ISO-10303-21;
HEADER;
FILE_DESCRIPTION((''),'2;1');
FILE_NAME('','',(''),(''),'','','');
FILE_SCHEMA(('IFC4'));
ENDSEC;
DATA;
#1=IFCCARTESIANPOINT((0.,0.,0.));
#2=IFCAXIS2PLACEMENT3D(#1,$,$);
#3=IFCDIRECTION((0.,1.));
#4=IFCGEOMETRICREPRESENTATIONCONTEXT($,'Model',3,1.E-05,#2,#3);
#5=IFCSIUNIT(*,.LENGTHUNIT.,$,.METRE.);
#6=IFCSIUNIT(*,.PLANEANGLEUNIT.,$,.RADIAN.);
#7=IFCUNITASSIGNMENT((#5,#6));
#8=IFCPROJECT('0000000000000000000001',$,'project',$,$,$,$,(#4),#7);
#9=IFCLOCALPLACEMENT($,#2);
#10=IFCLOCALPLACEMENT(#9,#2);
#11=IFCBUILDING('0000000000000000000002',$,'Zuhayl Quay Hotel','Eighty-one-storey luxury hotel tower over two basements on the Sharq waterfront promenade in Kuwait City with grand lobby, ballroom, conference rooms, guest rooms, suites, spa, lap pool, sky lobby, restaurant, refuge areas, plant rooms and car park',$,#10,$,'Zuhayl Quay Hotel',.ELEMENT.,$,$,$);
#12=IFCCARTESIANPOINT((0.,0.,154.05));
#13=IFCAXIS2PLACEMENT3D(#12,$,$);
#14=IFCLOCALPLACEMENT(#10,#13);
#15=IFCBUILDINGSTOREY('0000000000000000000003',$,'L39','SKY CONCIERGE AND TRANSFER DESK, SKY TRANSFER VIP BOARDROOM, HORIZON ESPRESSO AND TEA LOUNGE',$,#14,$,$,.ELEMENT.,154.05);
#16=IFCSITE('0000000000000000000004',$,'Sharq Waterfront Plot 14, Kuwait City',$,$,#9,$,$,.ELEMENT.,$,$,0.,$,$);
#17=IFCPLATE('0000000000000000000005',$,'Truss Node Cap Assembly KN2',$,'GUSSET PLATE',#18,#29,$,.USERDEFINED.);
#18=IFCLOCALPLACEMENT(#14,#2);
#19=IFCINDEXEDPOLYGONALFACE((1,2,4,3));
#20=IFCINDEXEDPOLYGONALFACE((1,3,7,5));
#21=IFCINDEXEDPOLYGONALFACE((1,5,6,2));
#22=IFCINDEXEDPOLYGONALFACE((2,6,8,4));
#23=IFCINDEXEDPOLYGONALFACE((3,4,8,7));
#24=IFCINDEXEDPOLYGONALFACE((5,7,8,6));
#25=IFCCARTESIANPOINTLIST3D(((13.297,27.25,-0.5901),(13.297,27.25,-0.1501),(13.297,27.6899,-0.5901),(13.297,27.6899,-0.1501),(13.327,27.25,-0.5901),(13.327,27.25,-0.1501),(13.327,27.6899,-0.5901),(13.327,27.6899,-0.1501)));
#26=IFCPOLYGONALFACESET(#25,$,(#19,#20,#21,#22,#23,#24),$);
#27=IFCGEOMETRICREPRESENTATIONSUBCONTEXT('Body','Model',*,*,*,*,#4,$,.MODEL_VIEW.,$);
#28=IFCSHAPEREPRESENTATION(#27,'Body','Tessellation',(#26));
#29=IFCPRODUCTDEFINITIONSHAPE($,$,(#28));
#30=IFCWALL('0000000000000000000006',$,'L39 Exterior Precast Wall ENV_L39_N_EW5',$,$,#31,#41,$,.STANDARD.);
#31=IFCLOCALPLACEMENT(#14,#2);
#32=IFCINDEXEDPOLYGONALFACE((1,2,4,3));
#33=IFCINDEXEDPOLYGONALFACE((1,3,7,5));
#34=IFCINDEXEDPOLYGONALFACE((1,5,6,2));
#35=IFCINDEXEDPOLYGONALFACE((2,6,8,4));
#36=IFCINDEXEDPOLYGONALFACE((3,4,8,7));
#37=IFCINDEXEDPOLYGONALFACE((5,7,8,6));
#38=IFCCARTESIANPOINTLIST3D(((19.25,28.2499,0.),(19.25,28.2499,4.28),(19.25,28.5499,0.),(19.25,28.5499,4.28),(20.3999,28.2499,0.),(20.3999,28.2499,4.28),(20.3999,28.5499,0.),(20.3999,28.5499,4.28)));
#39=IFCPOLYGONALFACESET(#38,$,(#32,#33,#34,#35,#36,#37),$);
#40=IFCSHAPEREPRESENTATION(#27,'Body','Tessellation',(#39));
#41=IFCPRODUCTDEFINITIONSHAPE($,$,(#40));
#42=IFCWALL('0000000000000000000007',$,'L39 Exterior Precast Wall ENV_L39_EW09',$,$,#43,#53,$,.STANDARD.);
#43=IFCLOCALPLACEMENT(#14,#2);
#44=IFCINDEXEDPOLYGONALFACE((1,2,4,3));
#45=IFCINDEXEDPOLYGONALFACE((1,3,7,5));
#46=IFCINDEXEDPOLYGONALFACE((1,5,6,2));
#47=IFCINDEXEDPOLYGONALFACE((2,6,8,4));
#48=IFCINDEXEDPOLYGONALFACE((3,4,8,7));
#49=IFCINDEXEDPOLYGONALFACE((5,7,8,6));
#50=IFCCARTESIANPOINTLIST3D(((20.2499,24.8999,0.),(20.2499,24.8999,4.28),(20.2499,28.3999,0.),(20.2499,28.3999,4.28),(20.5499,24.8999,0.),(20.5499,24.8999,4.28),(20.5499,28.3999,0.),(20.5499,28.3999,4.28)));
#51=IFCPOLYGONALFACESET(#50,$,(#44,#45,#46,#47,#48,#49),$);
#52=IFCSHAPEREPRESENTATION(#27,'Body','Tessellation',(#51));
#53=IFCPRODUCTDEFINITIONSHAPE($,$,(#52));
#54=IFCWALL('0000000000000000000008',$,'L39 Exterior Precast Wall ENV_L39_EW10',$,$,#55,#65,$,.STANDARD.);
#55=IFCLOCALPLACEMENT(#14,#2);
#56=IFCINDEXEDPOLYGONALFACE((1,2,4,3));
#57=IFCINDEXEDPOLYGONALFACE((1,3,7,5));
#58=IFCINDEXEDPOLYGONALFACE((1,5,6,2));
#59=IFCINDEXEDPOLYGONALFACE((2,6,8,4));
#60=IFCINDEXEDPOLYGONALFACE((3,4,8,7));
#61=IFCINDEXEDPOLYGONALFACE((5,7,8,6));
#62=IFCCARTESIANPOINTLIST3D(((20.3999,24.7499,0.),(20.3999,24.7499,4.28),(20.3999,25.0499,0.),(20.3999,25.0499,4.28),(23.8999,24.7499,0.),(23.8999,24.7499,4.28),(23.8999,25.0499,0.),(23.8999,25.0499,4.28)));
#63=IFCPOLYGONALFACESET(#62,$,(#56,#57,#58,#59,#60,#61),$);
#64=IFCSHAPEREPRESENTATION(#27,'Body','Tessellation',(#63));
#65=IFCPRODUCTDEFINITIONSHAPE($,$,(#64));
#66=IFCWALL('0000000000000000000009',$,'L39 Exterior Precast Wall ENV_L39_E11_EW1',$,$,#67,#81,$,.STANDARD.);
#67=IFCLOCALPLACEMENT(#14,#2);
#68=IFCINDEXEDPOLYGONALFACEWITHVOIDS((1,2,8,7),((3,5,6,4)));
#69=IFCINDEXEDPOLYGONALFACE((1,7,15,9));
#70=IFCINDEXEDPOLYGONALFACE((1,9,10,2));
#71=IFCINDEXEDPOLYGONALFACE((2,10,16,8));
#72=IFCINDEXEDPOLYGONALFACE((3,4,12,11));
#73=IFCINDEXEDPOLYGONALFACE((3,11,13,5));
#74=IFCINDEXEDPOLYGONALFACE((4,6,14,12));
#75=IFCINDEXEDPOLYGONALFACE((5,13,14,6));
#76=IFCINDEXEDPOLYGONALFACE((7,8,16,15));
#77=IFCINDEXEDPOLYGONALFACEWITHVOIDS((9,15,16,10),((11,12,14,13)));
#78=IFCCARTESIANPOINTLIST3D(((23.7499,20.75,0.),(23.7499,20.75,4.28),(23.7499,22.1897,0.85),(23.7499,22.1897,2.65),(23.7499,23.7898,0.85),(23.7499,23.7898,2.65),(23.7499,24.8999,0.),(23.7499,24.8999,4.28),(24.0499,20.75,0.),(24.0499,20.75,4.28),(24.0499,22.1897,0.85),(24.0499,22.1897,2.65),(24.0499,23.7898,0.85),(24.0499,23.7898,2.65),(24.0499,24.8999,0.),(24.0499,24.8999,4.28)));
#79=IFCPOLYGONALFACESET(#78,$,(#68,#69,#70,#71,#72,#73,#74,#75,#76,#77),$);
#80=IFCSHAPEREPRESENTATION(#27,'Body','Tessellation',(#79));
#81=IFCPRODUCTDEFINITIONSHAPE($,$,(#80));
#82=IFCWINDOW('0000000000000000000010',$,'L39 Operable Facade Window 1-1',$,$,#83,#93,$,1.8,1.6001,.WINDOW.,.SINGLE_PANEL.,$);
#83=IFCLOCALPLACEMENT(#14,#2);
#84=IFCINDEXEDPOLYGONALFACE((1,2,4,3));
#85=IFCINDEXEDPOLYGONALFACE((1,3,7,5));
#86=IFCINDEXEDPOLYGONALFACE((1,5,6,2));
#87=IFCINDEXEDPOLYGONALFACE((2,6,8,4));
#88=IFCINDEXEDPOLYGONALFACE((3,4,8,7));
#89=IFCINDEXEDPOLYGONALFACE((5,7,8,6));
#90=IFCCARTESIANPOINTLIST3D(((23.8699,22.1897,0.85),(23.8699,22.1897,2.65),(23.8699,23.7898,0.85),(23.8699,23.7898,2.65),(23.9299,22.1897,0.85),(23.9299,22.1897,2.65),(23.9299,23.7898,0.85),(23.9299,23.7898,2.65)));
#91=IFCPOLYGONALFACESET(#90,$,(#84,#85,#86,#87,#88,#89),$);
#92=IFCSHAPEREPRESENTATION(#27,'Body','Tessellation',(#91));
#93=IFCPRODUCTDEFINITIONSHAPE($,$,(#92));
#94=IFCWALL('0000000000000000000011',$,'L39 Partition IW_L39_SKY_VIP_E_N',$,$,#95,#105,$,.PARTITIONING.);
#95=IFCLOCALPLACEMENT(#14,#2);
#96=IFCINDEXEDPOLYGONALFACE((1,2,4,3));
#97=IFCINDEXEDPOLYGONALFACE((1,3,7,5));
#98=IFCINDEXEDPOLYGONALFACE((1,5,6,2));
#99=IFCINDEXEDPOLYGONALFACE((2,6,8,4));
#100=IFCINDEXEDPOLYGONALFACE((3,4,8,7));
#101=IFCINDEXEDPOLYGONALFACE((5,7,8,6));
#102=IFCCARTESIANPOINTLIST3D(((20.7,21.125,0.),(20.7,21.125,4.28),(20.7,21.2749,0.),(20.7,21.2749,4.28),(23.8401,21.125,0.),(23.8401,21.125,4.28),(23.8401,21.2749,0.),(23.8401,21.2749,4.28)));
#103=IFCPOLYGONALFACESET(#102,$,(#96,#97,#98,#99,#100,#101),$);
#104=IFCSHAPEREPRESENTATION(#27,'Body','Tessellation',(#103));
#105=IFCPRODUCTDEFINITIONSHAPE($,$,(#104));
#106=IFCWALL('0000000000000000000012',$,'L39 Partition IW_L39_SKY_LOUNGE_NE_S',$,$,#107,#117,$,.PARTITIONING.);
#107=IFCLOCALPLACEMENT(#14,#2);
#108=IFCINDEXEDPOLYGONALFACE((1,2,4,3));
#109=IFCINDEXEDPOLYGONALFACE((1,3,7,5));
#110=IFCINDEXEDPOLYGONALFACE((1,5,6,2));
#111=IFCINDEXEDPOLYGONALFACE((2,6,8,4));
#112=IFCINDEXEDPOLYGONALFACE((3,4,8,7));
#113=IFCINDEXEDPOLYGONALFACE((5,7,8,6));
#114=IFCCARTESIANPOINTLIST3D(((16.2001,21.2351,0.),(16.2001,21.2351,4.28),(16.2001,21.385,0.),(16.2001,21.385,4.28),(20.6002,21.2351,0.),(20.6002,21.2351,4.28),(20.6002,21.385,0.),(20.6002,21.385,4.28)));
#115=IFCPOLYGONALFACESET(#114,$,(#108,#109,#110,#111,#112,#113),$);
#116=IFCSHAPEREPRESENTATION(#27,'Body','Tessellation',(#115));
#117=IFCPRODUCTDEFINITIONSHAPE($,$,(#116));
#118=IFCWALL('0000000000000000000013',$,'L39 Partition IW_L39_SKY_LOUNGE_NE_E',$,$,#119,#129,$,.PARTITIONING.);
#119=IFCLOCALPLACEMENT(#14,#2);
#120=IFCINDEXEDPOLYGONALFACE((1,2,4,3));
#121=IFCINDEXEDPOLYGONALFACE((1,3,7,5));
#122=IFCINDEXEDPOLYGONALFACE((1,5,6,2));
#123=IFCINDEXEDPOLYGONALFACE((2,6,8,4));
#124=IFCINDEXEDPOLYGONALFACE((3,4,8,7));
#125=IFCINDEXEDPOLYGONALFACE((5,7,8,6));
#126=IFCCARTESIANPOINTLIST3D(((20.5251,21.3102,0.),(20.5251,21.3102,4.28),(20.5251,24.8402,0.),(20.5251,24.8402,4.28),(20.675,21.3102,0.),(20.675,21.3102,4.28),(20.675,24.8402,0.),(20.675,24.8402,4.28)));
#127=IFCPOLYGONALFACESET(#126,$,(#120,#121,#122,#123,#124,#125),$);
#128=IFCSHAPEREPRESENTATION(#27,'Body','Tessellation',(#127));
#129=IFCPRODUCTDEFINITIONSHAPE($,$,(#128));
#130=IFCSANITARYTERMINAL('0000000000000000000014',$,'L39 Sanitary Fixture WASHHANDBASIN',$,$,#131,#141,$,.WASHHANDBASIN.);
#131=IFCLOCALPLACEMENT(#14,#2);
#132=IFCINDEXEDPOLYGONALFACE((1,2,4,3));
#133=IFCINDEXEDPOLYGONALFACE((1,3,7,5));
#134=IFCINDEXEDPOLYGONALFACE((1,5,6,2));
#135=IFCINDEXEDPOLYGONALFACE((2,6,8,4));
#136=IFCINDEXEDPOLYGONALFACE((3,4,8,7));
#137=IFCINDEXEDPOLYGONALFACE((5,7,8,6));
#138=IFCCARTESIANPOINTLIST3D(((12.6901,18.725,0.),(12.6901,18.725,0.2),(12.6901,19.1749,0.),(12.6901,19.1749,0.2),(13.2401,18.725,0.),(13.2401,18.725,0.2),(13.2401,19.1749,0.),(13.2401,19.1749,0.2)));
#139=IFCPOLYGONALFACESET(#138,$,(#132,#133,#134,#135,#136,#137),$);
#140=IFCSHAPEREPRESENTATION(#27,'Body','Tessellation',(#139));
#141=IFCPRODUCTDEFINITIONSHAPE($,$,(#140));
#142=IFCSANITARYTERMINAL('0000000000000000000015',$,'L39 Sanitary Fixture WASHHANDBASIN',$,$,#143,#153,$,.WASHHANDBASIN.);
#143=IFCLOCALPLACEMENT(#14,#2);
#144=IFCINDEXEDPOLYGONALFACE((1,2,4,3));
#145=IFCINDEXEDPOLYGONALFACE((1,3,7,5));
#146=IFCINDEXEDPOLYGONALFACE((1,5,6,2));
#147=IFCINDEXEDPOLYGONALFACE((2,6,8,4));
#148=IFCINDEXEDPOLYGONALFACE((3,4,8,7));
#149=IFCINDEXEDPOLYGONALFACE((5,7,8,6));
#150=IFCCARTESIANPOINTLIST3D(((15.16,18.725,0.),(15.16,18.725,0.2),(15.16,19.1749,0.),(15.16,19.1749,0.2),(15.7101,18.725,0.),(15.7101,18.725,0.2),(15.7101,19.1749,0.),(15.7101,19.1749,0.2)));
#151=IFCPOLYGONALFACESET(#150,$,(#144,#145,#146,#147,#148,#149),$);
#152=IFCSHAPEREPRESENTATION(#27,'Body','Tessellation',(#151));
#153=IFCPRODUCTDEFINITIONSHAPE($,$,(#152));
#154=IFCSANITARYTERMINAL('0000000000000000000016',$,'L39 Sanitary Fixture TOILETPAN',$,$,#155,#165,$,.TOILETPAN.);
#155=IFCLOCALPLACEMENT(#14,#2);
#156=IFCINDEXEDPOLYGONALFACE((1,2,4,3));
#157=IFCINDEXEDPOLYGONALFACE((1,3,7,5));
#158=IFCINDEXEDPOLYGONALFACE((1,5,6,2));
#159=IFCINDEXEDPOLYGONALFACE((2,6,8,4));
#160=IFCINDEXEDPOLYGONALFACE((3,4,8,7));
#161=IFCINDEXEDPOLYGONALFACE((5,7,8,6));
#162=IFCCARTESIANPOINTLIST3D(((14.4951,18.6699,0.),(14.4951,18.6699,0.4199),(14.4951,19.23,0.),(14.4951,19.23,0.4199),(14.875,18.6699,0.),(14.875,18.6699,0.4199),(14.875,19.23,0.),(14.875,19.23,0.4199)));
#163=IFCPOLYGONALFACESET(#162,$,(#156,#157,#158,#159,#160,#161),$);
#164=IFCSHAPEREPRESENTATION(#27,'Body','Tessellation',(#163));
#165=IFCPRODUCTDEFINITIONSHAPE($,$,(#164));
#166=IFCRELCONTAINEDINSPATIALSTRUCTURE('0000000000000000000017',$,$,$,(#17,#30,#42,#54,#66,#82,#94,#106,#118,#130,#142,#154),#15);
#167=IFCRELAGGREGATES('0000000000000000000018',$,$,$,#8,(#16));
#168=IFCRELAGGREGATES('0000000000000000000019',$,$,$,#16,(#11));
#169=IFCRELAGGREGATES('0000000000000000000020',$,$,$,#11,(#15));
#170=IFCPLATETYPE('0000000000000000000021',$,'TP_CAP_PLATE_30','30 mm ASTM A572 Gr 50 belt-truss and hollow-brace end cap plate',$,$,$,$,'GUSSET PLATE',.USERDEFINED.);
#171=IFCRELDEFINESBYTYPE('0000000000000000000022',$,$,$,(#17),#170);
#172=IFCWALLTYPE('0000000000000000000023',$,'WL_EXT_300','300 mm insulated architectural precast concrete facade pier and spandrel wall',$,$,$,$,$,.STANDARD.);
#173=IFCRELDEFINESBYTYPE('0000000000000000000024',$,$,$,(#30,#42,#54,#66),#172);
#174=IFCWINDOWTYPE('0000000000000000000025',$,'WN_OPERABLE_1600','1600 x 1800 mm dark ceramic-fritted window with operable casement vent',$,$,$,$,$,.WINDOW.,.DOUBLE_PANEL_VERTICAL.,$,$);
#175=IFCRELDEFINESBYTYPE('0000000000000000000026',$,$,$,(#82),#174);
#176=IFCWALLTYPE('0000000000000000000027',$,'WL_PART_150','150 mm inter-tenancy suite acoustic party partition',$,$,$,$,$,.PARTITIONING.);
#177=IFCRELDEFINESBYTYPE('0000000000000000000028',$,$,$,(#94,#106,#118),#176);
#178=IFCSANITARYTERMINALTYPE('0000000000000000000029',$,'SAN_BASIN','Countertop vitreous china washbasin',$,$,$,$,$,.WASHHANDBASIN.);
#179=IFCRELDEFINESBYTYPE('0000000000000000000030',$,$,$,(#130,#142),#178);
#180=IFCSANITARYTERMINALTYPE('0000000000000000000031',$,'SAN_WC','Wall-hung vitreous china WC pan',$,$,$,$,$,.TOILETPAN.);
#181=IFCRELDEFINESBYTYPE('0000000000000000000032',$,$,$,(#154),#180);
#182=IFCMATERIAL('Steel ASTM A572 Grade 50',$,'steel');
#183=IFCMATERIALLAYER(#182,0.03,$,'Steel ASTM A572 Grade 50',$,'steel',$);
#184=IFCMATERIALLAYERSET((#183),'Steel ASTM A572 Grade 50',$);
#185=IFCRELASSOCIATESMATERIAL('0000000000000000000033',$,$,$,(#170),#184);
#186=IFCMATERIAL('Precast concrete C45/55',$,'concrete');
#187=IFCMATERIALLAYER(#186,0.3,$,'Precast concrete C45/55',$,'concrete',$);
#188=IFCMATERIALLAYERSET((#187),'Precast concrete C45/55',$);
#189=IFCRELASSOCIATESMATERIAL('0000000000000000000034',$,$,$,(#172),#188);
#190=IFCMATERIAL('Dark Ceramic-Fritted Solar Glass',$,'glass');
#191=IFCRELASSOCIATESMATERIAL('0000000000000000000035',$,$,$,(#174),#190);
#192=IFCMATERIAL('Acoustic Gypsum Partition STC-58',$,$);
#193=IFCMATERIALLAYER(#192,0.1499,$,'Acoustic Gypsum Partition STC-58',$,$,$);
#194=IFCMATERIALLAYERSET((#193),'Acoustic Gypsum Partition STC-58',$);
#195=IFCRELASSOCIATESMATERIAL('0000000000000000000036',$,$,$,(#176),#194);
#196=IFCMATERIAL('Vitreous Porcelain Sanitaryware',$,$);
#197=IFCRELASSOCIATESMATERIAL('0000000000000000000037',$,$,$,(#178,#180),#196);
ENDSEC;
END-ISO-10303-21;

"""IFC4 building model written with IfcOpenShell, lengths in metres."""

from ifc_helpers import new_model, si_unit, direction, frame, frame_2d, origin, origin_2d, place, context, subcontext, project, spatial, rectangle, extrude, material, layer, layer_set, type_object, element, fill, save


model = new_model("IFC4")

# Units and contexts
model_context = context("Model", 3, precision=1e-05, world=origin(), true_north=direction((0.0, 1.0)))
body_context = subcontext(model_context, "Body", "Model", "MODEL_VIEW")
ifc_project = project(units=[si_unit("LENGTHUNIT", "METRE"), si_unit("PLANEANGLEUNIT", "RADIAN")], contexts=[model_context])

# Site, building, storey
site_placement = place(None, origin())
site = spatial("IfcSite", under=ifc_project, at=site_placement, Name="Sharq Waterfront Plot 14, Kuwait City", CompositionType="ELEMENT", RefElevation=0.0)
building_placement = place(site_placement, origin())
building = spatial("IfcBuilding", under=site, at=building_placement, Name="Zuhayl Quay Hotel", Description="Eighty-one-storey luxury hotel tower over two basements on the Sharq waterfront promenade in Kuwait City with grand lobby, ballroom, conference rooms, guest rooms, suites, spa, lap pool, sky lobby, restaurant, refuge areas, plant rooms and car park", LongName="Zuhayl Quay Hotel", CompositionType="ELEMENT")
storey_placement = place(building_placement, frame((0.0, 0.0, 154.05)))
storey = spatial("IfcBuildingStorey", under=building, at=storey_placement, Name="L39", Description="SKY CONCIERGE AND TRANSFER DESK, SKY TRANSFER VIP BOARDROOM, HORIZON ESPRESSO AND TEA LOUNGE", CompositionType="ELEMENT", Elevation=154.05)

# Plate
ifc_material_1 = material(Name="Dark Ceramic-Fritted Solar Glass", Category="glass")
ifc_material_2 = material(Name="Steel ASTM A572 Grade 50", Category="steel")
ifc_layer_1 = layer(ifc_material_2, 0.03, Name="Steel ASTM A572 Grade 50", Category="steel")
ifc_layer_set_1 = layer_set([ifc_layer_1], Name="Steel ASTM A572 Grade 50")
plate_type_1 = type_object("IfcPlateType", Name="TP_CAP_PLATE_30", Description="30 mm ASTM A572 Gr 50 belt-truss and hollow-brace end cap plate", ElementType="GUSSET PLATE", PredefinedType="USERDEFINED", material=ifc_layer_set_1)
plate_1_placement = place(storey_placement, frame((13.312, 27.47, -0.5901), z_axis=(0.0, 0.0, 1.0), x_axis=(1.0, 0.0, 0.0)))
element("IfcPlate", 1, at=plate_1_placement, inside=storey, type_object=plate_type_1, Name="Truss Node Cap Assembly KN2", ObjectType="GUSSET PLATE", PredefinedType="USERDEFINED", context=body_context, shape_type="SweptSolid", body=[
    extrude(rectangle(XDim=0.03, YDim=0.4399, at=origin_2d()), origin(), (0.0, 0.0, 1.0), 0.4399),
])

# Walls
ifc_material_3 = material(Name="Precast concrete C45/55", Category="concrete")
ifc_layer_2 = layer(ifc_material_3, 0.3, Name="Precast concrete C45/55", Category="concrete")
ifc_layer_set_2 = layer_set([ifc_layer_2], Name="Precast concrete C45/55")
wall_type_1 = type_object("IfcWallType", Name="WL_EXT_300", Description="300 mm insulated architectural precast concrete facade pier and spandrel wall", PredefinedType="STANDARD", material=ifc_layer_set_2)
wall_1_placement = place(storey_placement, frame((19.25, 28.3999, 0.0), z_axis=(0.0, 0.0, 1.0), x_axis=(1.0, 0.0, 0.0)))
element("IfcWall", 2, at=wall_1_placement, inside=storey, type_object=wall_type_1, Name="L39 Exterior Precast Wall ENV_L39_N_EW5", PredefinedType="STANDARD", context=body_context, shape_type="SweptSolid", body=[
    extrude(rectangle(XDim=1.1499, YDim=0.3, at=frame_2d((0.575, 0.0))), origin(), (0.0, 0.0, 1.0), 4.28),
])
for number, where, z_axis, x_axis, name in (
    (3, (20.3999, 28.3999, 0.0), (0.0, 0.0, 1.0), (0.0, -1.0, 0.0), "L39 Exterior Precast Wall ENV_L39_EW09"),
    (4, (20.3999, 24.8999, 0.0), (0.0, 0.0, 1.0), (1.0, 0.0, 0.0), "L39 Exterior Precast Wall ENV_L39_EW10"),
):
    element("IfcWall", number, at=place(storey_placement, frame(where, z_axis=z_axis, x_axis=x_axis)), inside=storey, type_object=wall_type_1, Name=name, PredefinedType="STANDARD", context=body_context, shape_type="SweptSolid", body=[
        extrude(rectangle(XDim=3.5, YDim=0.3, at=frame_2d((1.75, 0.0))), origin(), (0.0, 0.0, 1.0), 4.28),
    ])

# Wall, opening, window
wall_2_placement = place(storey_placement, frame((23.8999, 24.8999, 0.0), z_axis=(0.0, 0.0, 1.0), x_axis=(0.0, -1.0, 0.0)))
wall_2 = element("IfcWall", 5, at=wall_2_placement, inside=storey, type_object=wall_type_1, Name="L39 Exterior Precast Wall ENV_L39_E11_EW1", PredefinedType="STANDARD", context=body_context, shape_type="SweptSolid", body=[
    extrude(rectangle(XDim=4.1499, YDim=0.3, at=frame_2d((2.075, 0.0))), origin(), (0.0, 0.0, 1.0), 4.28),
])
opening_placement = place(wall_2_placement, frame((1.1101, 0.0, 0.8501)))
opening = element("IfcOpeningElement", 6, at=opening_placement, cuts=wall_2, PredefinedType="OPENING", context=body_context, shape_type="SweptSolid", body=[
    extrude(rectangle(XDim=1.6001, YDim=1.8, at=frame_2d((0.8, 0.8999))), frame((0.0, 0.1599, 0.0), z_axis=(0.0, -1.0, 0.0), x_axis=(1.0, 0.0, 0.0)), (0.0, 0.0, 1.0), 0.3201),
])
window_type = type_object("IfcWindowType", Name="WN_OPERABLE_1600", Description="1600 x 1800 mm dark ceramic-fritted window with operable casement vent", PartitioningType="DOUBLE_PANEL_VERTICAL", PredefinedType="WINDOW", material=ifc_material_1)
window_placement = place(opening_placement, origin())
window = element("IfcWindow", 7, at=window_placement, inside=storey, type_object=window_type, Name="L39 Operable Facade Window 1-1", OverallHeight=1.8, OverallWidth=1.6001, PartitioningType="SINGLE_PANEL", PredefinedType="WINDOW", context=body_context, shape_type="SweptSolid", body=[
    extrude(rectangle(XDim=1.6001, YDim=1.8, at=frame_2d((0.8, 0.8999))), frame((0.0, 0.03, 0.0), z_axis=(0.0, -1.0, 0.0), x_axis=(1.0, 0.0, 0.0)), (0.0, 0.0, 1.0), 0.0601),
])
fill(opening, window)

# Walls
ifc_material_4 = material(Name="Acoustic Gypsum Partition STC-58")
ifc_layer_3 = layer(ifc_material_4, 0.1499, Name="Acoustic Gypsum Partition STC-58")
ifc_layer_set_3 = layer_set([ifc_layer_3], Name="Acoustic Gypsum Partition STC-58")
wall_type_2 = type_object("IfcWallType", Name="WL_PART_150", Description="150 mm inter-tenancy suite acoustic party partition", PredefinedType="PARTITIONING", material=ifc_layer_set_3)
wall_3_placement = place(storey_placement, frame((20.7, 21.2, 0.0), z_axis=(0.0, 0.0, 1.0), x_axis=(1.0, 0.0, 0.0)))
element("IfcWall", 8, at=wall_3_placement, inside=storey, type_object=wall_type_2, Name="L39 Partition IW_L39_SKY_VIP_E_N", PredefinedType="PARTITIONING", context=body_context, shape_type="SweptSolid", body=[
    extrude(rectangle(XDim=3.1401, YDim=0.1499, at=frame_2d((1.5701, 0.0))), origin(), (0.0, 0.0, 1.0), 4.28),
])
wall_4_placement = place(storey_placement, frame((16.2, 21.3101, 0.0), z_axis=(0.0, 0.0, 1.0), x_axis=(1.0, 0.0, 0.0)))
element("IfcWall", 9, at=wall_4_placement, inside=storey, type_object=wall_type_2, Name="L39 Partition IW_L39_SKY_LOUNGE_NE_S", PredefinedType="PARTITIONING", context=body_context, shape_type="SweptSolid", body=[
    extrude(rectangle(XDim=4.4001, YDim=0.1499, at=frame_2d((2.2002, 0.0))), origin(), (0.0, 0.0, 1.0), 4.28),
])
wall_5_placement = place(storey_placement, frame((20.6001, 21.3101, 0.0), z_axis=(0.0, 0.0, 1.0), x_axis=(0.0, 1.0, 0.0)))
element("IfcWall", 10, at=wall_5_placement, inside=storey, type_object=wall_type_2, Name="L39 Partition IW_L39_SKY_LOUNGE_NE_E", PredefinedType="PARTITIONING", context=body_context, shape_type="SweptSolid", body=[
    extrude(rectangle(XDim=3.53, YDim=0.1499, at=frame_2d((1.7651, 0.0))), origin(), (0.0, 0.0, 1.0), 4.28),
])

# Sanitary terminals
ifc_material_5 = material(Name="Vitreous Porcelain Sanitaryware")
sanitary_terminal_type_1 = type_object("IfcSanitaryTerminalType", Name="SAN_BASIN", Description="Countertop vitreous china washbasin", PredefinedType="WASHHANDBASIN", material=ifc_material_5)
for number, where, z_axis, x_axis, name in (
    (11, (12.9651, 18.95, 0.0), (0.0, 0.0, 1.0), (1.0, 0.0, 0.0), "L39 Sanitary Fixture WASHHANDBASIN"),
    (12, (15.4351, 18.95, 0.0), (0.0, 0.0, 1.0), (1.0, 0.0, 0.0), "L39 Sanitary Fixture WASHHANDBASIN"),
):
    element("IfcSanitaryTerminal", number, at=place(storey_placement, frame(where, z_axis=z_axis, x_axis=x_axis)), inside=storey, type_object=sanitary_terminal_type_1, Name=name, PredefinedType="WASHHANDBASIN", context=body_context, shape_type="SweptSolid", body=[
        extrude(rectangle(XDim=0.55, YDim=0.45, at=origin_2d()), origin(), (0.0, 0.0, 1.0), 0.2),
    ])
sanitary_terminal_type_2 = type_object("IfcSanitaryTerminalType", Name="SAN_WC", Description="Wall-hung vitreous china WC pan", PredefinedType="TOILETPAN", material=ifc_material_5)
sanitary_terminal_placement = place(storey_placement, frame((14.6851, 18.95, 0.0), z_axis=(0.0, 0.0, 1.0), x_axis=(1.0, 0.0, 0.0)))
element("IfcSanitaryTerminal", 13, at=sanitary_terminal_placement, inside=storey, type_object=sanitary_terminal_type_2, Name="L39 Sanitary Fixture TOILETPAN", PredefinedType="TOILETPAN", context=body_context, shape_type="SweptSolid", body=[
    extrude(rectangle(XDim=0.3799, YDim=0.5601, at=origin_2d()), origin(), (0.0, 0.0, 1.0), 0.4199),
])

save(model, "model.ifc")
